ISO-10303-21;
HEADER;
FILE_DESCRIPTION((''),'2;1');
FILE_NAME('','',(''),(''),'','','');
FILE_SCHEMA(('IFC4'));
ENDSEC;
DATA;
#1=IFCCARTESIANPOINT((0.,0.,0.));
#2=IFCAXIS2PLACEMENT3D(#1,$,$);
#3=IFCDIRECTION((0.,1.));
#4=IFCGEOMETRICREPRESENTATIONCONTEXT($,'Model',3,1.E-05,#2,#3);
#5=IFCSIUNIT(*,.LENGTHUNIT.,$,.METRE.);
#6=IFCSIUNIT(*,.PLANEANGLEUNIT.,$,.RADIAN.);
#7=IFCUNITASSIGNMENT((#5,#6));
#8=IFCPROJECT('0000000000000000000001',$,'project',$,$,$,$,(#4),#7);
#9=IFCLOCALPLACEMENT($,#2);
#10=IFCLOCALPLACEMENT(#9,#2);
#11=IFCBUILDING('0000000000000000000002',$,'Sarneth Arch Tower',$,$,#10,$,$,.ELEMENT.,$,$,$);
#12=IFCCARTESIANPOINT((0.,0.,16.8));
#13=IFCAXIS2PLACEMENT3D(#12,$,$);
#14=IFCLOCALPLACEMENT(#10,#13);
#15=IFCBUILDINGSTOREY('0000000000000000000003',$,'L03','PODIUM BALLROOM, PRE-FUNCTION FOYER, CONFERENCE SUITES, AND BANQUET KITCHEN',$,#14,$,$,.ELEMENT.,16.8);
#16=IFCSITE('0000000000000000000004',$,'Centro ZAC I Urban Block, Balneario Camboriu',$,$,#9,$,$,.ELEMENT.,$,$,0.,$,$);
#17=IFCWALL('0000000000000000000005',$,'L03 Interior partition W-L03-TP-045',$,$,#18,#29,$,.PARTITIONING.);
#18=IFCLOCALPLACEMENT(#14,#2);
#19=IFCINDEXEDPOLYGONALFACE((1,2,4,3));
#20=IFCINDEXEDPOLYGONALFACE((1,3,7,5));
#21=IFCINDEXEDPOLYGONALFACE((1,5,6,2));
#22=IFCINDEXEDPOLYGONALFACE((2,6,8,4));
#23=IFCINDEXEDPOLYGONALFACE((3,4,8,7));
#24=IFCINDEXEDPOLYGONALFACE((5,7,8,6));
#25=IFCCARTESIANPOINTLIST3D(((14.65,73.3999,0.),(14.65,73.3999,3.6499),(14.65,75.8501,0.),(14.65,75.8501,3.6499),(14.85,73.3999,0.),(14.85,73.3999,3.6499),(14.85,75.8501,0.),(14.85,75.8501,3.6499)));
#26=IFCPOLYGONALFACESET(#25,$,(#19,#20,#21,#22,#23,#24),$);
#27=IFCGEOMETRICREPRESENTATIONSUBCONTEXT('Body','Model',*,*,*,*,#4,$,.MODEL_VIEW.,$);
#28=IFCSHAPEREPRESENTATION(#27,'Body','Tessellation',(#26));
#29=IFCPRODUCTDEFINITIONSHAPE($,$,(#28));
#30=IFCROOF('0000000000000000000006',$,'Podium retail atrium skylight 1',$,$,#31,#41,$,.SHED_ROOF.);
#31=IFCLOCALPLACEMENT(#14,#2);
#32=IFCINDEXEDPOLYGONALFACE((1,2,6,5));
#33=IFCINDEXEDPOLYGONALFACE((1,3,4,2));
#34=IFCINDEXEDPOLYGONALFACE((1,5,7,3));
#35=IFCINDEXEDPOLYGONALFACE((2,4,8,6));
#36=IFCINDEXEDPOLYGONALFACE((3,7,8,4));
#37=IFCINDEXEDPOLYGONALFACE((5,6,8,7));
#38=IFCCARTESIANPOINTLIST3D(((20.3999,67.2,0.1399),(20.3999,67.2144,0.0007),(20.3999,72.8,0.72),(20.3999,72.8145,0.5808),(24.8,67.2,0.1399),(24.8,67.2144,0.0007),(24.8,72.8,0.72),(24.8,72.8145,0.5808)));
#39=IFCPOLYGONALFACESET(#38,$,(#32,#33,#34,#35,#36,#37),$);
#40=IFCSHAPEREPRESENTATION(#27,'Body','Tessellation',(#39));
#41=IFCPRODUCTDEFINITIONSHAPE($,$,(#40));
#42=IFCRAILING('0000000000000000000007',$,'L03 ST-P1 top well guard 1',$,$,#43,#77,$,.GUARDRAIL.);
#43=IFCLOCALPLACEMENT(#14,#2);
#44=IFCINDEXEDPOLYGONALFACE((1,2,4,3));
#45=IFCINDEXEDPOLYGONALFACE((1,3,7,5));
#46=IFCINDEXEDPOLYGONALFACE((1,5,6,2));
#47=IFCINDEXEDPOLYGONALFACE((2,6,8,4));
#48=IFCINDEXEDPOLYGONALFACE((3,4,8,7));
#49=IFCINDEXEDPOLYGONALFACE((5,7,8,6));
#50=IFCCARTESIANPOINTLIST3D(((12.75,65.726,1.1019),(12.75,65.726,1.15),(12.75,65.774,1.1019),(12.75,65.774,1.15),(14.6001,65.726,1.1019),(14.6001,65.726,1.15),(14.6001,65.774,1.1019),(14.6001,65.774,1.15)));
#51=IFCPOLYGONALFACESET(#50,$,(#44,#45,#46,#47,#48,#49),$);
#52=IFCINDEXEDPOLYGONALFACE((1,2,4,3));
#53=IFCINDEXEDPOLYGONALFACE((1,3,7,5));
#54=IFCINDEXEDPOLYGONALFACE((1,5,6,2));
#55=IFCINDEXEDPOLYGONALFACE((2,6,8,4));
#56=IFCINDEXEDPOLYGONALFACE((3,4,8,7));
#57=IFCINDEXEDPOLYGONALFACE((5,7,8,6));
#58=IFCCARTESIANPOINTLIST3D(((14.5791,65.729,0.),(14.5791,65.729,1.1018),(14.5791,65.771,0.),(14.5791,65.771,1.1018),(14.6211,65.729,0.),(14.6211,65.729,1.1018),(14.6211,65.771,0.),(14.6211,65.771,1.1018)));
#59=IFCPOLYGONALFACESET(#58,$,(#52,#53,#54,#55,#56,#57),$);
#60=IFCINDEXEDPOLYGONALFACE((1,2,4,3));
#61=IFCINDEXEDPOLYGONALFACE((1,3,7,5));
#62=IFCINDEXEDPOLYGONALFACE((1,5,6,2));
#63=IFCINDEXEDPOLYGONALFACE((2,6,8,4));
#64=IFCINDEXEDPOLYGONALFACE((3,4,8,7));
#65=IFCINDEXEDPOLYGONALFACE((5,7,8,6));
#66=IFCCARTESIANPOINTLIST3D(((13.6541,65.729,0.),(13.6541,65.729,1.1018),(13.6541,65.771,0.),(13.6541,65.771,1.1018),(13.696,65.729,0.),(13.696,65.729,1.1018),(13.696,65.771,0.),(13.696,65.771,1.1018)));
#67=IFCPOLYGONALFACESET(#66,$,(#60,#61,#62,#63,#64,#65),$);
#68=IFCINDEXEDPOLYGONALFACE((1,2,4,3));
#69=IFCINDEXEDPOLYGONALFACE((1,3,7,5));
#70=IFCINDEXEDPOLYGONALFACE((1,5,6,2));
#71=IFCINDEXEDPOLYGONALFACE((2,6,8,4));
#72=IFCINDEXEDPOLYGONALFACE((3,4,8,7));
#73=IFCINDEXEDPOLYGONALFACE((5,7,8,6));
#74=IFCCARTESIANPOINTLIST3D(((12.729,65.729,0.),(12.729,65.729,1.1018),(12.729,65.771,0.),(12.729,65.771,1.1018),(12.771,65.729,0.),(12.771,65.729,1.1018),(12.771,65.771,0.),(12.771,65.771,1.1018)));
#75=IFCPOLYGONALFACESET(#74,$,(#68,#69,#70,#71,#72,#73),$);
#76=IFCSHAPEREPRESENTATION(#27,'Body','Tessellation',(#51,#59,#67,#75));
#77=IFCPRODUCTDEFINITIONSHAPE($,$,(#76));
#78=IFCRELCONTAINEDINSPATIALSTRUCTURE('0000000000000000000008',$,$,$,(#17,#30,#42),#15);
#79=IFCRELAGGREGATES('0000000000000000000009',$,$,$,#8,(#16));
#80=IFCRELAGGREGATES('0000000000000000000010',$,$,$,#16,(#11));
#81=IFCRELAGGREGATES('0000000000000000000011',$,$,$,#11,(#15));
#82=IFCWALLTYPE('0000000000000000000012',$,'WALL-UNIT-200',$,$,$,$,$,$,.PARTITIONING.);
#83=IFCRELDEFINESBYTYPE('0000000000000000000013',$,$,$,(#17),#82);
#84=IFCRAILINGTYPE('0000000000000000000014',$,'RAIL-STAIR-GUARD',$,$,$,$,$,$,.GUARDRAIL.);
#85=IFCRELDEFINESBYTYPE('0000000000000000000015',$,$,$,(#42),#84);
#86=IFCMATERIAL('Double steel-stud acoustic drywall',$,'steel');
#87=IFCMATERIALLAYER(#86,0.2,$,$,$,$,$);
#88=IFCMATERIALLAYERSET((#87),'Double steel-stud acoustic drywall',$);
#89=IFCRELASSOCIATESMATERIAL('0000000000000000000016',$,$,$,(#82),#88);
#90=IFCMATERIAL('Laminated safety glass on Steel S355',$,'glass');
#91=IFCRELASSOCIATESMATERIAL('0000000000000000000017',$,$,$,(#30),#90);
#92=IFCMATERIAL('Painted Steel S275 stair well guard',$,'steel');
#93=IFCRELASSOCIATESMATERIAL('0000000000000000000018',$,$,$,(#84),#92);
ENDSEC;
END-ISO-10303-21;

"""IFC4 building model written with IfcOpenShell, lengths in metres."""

from ifc_helpers import new_model, si_unit, direction, frame, frame_2d, origin, origin_2d, place, context, subcontext, project, spatial, polyline, rectangle, outline, extrude, material, layer, layer_set, type_object, element, save


model = new_model("IFC4")

# Units and contexts
model_context = context("Model", 3, precision=1e-05, world=origin(), true_north=direction((0.0, 1.0)))
body_context = subcontext(model_context, "Body", "Model", "MODEL_VIEW")
ifc_project = project(units=[si_unit("LENGTHUNIT", "METRE"), si_unit("PLANEANGLEUNIT", "RADIAN")], contexts=[model_context])

# Site, building, storey
site_placement = place(None, origin())
site = spatial("IfcSite", under=ifc_project, at=site_placement, Name="Centro ZAC I Urban Block, Balneario Camboriu", CompositionType="ELEMENT", RefElevation=0.0)
building_placement = place(site_placement, origin())
building = spatial("IfcBuilding", under=site, at=building_placement, Name="Sarneth Arch Tower", CompositionType="ELEMENT")
storey_placement = place(building_placement, frame((0.0, 0.0, 16.8)))
storey = spatial("IfcBuildingStorey", under=building, at=storey_placement, Name="L03", Description="PODIUM BALLROOM, PRE-FUNCTION FOYER, CONFERENCE SUITES, AND BANQUET KITCHEN", CompositionType="ELEMENT", Elevation=16.8)

# Wall
ifc_material_1 = material(Name="Double steel-stud acoustic drywall", Category="steel")
ifc_layer_1 = layer(ifc_material_1, 0.2)
ifc_layer_set_1 = layer_set([ifc_layer_1], Name="Double steel-stud acoustic drywall")
wall_type_1 = type_object("IfcWallType", Name="WALL-UNIT-200", PredefinedType="PARTITIONING", material=ifc_layer_set_1)
wall_1_placement = place(storey_placement, frame((14.75, 75.8501, 0.0), z_axis=(0.0, 0.0, 1.0), x_axis=(0.0, -1.0, 0.0)))
element("IfcWall", 1, at=wall_1_placement, inside=storey, type_object=wall_type_1, Name="L03 Interior partition W-L03-TP-045", PredefinedType="PARTITIONING", context=body_context, shape_type="SweptSolid", body=[
    extrude(rectangle(XDim=2.4502, YDim=0.2, at=frame_2d((1.2251, 0.0))), origin(), (0.0, 0.0, 1.0), 3.6499),
])

# Roof
ifc_material_2 = material(Name="Laminated safety glass on Steel S355", Category="glass")
roof_placement = place(storey_placement, frame((20.3999, 67.2, 0.1399), z_axis=(0.0, -0.103032, 0.994678), x_axis=(1.0, 0.0, 0.0)))
element("IfcRoof", 2, at=roof_placement, inside=storey, material=ifc_material_2, Name="Podium retail atrium skylight 1", PredefinedType="SHED_ROOF", context=body_context, shape_type="SweptSolid", body=[
    extrude(outline(polyline([(0.0, 0.0), (4.4001, 0.0), (4.4001, 5.6301), (0.0, 5.6301), (0.0, 0.0)])), origin(), (0.0, 0.0, -1.0), 0.1399),
])

# Railing
ifc_material_3 = material(Name="Painted Steel S275 stair well guard", Category="steel")
railing_type = type_object("IfcRailingType", Name="RAIL-STAIR-GUARD", PredefinedType="GUARDRAIL", material=ifc_material_3)
railing_placement = place(storey_placement, frame((14.6001, 65.75, 0.0)))
element("IfcRailing", 3, at=railing_placement, inside=storey, type_object=railing_type, Name="L03 ST-P1 top well guard 1", PredefinedType="GUARDRAIL", context=body_context, shape_type="SweptSolid", body=[
    extrude(rectangle(XDim=0.0481, YDim=0.0481, at=origin_2d()), frame((0.0, 0.0, 1.126), z_axis=(-1.0, 0.0, 0.0), x_axis=(0.0, -1.0, 0.0)), (0.0, 0.0, 1.0), 1.8501),
    extrude(rectangle(XDim=0.042, YDim=0.042, at=origin_2d()), origin(), (0.0, 0.0, 1.0), 1.1018),
    extrude(rectangle(XDim=0.042, YDim=0.042, at=origin_2d()), frame((-0.925, 0.0, 0.0)), (0.0, 0.0, 1.0), 1.1018),
    extrude(rectangle(XDim=0.042, YDim=0.042, at=origin_2d()), frame((-1.8501, 0.0, 0.0)), (0.0, 0.0, 1.0), 1.1018),
])

save(model, "model.ifc")
